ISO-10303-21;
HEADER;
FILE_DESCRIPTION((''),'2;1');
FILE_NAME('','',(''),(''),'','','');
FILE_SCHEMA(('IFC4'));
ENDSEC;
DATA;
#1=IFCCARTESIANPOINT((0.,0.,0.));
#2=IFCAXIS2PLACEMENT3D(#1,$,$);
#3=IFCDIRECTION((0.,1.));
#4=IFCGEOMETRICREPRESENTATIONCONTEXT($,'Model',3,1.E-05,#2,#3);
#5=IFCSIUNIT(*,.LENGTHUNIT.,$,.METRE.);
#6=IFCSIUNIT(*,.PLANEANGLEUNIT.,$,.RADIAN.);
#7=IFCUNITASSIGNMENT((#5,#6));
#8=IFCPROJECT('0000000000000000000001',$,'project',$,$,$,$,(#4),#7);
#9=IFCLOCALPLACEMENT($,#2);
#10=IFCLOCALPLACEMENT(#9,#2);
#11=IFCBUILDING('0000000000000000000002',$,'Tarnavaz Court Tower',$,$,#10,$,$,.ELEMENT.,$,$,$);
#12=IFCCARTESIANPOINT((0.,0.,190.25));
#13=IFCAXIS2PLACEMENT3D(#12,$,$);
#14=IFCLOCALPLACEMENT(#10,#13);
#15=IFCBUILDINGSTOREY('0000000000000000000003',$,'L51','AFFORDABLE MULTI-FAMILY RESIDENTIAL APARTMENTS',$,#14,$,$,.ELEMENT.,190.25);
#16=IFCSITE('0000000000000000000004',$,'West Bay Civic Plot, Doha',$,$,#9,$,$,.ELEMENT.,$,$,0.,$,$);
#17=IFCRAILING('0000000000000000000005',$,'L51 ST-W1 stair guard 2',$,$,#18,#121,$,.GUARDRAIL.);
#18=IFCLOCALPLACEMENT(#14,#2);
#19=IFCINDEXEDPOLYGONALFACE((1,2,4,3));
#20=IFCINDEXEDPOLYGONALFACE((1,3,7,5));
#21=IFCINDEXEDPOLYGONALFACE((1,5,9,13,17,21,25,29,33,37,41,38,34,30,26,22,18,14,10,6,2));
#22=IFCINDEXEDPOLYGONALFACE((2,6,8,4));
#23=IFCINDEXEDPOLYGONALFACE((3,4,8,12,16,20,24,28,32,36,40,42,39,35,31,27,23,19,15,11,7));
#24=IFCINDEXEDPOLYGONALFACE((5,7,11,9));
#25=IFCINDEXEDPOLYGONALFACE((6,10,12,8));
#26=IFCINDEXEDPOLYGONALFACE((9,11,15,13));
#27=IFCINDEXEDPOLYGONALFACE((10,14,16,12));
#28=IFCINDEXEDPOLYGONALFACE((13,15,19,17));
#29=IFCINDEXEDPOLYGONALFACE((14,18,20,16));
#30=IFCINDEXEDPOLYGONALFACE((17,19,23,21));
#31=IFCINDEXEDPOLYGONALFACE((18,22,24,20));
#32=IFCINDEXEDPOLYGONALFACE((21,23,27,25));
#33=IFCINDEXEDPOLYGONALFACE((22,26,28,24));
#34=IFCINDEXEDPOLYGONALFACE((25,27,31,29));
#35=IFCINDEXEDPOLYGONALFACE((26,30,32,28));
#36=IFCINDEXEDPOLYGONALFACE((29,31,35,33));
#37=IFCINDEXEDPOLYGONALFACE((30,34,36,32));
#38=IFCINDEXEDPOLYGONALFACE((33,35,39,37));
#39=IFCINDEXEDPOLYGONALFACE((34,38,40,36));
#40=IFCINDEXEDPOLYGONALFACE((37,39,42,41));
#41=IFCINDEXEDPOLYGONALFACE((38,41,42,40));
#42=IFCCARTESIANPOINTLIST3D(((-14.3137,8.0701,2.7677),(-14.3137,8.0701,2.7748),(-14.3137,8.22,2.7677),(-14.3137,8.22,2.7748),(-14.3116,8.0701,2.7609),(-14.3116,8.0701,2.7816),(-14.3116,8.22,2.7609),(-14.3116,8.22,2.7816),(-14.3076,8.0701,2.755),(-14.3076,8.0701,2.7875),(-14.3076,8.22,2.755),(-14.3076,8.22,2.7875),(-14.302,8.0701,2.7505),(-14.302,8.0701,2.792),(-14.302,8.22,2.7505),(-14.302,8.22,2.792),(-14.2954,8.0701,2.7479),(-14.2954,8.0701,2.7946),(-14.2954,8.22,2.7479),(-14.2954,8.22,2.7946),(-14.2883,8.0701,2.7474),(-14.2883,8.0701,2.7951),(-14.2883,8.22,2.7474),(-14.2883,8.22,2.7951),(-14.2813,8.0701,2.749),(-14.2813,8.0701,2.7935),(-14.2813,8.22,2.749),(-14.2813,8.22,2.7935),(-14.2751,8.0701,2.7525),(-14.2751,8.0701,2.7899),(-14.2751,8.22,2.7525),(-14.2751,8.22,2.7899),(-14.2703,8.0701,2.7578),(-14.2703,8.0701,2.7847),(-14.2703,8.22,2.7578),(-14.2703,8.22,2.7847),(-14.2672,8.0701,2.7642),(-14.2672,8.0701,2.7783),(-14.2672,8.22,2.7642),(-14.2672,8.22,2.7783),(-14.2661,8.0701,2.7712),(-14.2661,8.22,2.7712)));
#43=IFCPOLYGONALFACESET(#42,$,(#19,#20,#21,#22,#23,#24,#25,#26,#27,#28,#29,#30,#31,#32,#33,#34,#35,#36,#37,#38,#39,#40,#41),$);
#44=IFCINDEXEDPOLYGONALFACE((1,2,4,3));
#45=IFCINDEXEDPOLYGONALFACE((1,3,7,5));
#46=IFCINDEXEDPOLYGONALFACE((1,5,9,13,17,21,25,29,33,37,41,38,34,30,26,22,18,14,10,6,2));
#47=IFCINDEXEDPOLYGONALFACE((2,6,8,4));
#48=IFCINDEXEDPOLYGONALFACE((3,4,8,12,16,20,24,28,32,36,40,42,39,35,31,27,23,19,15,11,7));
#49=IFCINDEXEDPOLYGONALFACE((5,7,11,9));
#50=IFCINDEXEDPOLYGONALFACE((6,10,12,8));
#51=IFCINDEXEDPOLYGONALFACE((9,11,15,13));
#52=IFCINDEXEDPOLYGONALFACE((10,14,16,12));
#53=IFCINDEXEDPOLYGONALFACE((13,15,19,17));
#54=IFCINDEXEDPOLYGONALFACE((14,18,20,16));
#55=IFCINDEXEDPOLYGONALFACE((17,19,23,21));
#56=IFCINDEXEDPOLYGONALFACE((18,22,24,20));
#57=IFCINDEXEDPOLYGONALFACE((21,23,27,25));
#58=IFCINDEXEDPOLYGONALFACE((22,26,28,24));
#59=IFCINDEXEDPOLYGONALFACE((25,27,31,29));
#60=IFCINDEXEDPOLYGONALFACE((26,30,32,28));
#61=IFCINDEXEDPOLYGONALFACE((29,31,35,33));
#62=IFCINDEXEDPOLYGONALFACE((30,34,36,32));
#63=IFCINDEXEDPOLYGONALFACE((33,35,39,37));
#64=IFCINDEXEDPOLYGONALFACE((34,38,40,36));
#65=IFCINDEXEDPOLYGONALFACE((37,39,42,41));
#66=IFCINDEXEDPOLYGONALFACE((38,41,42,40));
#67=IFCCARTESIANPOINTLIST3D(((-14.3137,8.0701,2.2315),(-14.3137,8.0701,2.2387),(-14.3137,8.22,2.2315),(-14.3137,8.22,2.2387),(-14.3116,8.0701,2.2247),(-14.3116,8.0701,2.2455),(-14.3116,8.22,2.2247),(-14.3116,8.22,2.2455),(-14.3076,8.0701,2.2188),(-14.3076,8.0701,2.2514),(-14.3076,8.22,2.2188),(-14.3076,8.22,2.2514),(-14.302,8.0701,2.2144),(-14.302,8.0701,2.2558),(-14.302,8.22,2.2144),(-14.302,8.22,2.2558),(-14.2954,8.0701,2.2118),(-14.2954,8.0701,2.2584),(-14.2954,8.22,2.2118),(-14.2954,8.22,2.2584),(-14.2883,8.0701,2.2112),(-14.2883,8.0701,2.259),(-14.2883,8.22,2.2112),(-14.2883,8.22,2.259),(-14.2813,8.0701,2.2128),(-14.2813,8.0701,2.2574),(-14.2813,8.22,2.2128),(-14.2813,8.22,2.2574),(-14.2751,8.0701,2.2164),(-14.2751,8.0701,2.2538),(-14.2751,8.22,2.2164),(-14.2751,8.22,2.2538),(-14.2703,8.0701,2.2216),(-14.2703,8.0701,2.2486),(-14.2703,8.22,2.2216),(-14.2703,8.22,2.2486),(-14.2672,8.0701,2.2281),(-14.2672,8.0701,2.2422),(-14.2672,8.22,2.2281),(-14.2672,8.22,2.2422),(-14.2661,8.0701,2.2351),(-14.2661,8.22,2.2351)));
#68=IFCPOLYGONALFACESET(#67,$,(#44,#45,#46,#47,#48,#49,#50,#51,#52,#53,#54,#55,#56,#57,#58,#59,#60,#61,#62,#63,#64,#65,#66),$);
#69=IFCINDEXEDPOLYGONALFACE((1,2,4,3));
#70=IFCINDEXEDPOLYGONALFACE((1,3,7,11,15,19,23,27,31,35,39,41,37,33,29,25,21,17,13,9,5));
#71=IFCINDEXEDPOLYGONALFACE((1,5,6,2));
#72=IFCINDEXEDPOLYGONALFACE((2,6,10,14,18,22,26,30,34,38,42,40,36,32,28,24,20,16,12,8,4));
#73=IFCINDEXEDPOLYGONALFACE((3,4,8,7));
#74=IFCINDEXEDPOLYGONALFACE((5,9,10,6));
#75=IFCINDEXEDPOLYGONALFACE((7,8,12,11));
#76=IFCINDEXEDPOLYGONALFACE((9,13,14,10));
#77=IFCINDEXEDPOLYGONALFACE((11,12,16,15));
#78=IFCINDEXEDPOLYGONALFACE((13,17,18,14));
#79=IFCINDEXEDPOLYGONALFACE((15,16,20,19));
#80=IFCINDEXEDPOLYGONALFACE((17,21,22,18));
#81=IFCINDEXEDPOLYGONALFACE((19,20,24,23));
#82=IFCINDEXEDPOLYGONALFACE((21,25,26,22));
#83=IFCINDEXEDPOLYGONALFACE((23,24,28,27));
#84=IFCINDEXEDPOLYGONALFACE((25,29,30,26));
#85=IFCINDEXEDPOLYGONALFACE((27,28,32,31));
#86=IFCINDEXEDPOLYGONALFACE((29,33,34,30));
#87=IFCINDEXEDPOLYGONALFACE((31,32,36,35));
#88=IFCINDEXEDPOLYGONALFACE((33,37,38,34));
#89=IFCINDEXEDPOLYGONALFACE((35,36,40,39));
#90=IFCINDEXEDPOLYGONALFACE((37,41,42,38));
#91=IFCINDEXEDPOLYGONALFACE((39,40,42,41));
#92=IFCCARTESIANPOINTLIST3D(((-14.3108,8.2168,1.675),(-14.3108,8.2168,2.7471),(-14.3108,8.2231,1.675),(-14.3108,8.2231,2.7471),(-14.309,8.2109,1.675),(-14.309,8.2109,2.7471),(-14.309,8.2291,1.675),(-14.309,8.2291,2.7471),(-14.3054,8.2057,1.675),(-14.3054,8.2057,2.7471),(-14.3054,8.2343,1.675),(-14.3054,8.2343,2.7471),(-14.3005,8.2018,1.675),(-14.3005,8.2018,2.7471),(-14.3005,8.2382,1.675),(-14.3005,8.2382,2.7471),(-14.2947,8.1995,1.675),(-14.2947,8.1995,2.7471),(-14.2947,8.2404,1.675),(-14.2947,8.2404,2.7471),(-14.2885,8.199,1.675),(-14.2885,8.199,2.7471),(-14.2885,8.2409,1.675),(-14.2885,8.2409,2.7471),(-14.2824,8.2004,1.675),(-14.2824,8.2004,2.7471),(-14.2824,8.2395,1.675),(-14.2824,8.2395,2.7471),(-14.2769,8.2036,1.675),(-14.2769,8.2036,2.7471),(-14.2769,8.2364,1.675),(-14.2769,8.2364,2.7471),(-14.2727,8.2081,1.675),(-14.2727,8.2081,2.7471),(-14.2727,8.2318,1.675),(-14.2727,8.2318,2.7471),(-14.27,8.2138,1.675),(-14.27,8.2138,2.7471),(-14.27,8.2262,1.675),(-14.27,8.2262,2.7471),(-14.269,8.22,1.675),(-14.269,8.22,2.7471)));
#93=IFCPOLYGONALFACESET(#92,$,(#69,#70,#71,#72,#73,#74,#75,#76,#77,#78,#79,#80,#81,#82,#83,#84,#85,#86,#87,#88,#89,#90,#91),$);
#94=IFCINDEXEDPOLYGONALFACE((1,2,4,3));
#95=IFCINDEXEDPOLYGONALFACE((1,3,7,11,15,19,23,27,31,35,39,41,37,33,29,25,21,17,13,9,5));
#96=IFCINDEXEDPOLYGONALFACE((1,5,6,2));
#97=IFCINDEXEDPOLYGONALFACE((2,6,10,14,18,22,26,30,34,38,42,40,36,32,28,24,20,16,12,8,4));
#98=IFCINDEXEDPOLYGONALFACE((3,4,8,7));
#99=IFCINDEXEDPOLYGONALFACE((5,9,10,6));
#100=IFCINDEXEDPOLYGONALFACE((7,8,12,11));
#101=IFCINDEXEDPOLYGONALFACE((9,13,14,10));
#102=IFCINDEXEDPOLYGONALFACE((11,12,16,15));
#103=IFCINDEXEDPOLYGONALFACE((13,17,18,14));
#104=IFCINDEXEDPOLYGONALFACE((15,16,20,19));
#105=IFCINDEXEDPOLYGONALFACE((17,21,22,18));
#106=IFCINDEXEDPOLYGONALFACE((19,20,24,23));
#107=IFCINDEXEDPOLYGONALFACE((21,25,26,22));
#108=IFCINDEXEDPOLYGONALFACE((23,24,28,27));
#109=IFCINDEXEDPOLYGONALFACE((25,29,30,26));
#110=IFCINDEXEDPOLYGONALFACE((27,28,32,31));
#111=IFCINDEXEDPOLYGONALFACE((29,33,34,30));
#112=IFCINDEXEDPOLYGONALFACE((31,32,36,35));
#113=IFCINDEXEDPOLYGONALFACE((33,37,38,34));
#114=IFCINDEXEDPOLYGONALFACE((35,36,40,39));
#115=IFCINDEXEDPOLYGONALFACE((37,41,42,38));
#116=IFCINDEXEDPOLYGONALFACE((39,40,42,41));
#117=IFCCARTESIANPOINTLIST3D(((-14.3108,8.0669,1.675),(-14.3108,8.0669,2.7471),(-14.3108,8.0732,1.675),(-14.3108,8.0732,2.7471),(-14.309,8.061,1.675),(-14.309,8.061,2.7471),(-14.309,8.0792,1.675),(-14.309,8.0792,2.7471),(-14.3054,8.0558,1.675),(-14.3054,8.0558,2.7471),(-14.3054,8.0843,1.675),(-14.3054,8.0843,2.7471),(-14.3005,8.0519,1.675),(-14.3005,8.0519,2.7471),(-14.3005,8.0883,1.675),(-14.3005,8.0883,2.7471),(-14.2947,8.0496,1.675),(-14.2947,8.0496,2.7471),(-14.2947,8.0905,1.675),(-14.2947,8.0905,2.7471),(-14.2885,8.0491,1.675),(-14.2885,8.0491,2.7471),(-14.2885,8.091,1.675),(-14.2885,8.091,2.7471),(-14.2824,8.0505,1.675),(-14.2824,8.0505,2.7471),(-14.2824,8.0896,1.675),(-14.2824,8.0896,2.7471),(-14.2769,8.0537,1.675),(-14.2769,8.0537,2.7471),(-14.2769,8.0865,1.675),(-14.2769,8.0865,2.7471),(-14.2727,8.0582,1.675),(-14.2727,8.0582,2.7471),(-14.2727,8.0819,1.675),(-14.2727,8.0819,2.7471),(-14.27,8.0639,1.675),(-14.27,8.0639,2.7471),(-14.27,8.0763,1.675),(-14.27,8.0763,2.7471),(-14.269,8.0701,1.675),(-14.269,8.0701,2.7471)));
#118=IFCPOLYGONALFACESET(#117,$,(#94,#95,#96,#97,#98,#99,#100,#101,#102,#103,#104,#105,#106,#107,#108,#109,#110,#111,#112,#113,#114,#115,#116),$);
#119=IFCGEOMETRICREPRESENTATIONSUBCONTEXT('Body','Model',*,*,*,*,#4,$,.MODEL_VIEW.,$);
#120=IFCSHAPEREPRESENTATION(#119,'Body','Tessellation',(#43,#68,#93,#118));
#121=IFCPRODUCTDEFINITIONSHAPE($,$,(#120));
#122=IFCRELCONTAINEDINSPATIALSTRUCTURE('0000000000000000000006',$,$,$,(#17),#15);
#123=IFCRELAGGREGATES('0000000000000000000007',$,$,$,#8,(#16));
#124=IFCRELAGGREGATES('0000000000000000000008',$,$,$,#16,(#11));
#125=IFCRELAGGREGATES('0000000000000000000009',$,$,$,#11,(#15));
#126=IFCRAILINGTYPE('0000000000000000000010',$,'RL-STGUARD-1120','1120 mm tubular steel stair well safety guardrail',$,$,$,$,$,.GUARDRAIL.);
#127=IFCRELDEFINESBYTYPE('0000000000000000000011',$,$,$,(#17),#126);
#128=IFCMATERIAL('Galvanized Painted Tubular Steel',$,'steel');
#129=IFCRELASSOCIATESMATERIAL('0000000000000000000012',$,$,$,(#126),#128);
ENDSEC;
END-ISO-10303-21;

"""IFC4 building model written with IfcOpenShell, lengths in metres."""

from ifc_helpers import new_model, si_unit, direction, frame, origin, origin_2d, place, context, subcontext, project, spatial, circle, extrude, material, type_object, element, save


model = new_model("IFC4")

# Units and contexts
model_context = context("Model", 3, precision=1e-05, world=origin(), true_north=direction((0.0, 1.0)))
body_context = subcontext(model_context, "Body", "Model", "MODEL_VIEW")
ifc_project = project(units=[si_unit("LENGTHUNIT", "METRE"), si_unit("PLANEANGLEUNIT", "RADIAN")], contexts=[model_context])

# Site, building, storey
site_placement = place(None, origin())
site = spatial("IfcSite", under=ifc_project, at=site_placement, Name="West Bay Civic Plot, Doha", CompositionType="ELEMENT", RefElevation=0.0)
building_placement = place(site_placement, origin())
building = spatial("IfcBuilding", under=site, at=building_placement, Name="Tarnavaz Court Tower", CompositionType="ELEMENT")
storey_placement = place(building_placement, frame((0.0, 0.0, 190.25)))
storey = spatial("IfcBuildingStorey", under=building, at=storey_placement, Name="L51", Description="AFFORDABLE MULTI-FAMILY RESIDENTIAL APARTMENTS", CompositionType="ELEMENT", Elevation=190.25)

# Railing
ifc_material_1 = material(Name="Galvanized Painted Tubular Steel", Category="steel")
railing_type = type_object("IfcRailingType", Name="RL-STGUARD-1120", Description="1120 mm tubular steel stair well safety guardrail", PredefinedType="GUARDRAIL", material=ifc_material_1)
railing_placement = place(storey_placement, frame((-14.29, 8.22, 1.675)))
element("IfcRailing", 1, at=railing_placement, inside=storey, type_object=railing_type, Name="L51 ST-W1 stair guard 2", PredefinedType="GUARDRAIL", context=body_context, shape_type="SweptSolid", body=[
    extrude(circle(Radius=0.0239, at=origin_2d()), frame((0.0, 0.0, 1.0962), z_axis=(0.0, -1.0, 0.0), x_axis=(1.0, 0.0, 0.0)), (0.0, 0.0, 1.0), 0.1499),
    extrude(circle(Radius=0.0239, at=origin_2d()), frame((0.0, 0.0, 0.5601), z_axis=(0.0, -1.0, 0.0), x_axis=(1.0, 0.0, 0.0)), (0.0, 0.0, 1.0), 0.1499),
    extrude(circle(Radius=0.021, at=origin_2d()), origin(), (0.0, 0.0, 1.0), 1.072),
    extrude(circle(Radius=0.021, at=origin_2d()), frame((0.0, -0.1499, 0.0)), (0.0, 0.0, 1.0), 1.072),
])

save(model, "model.ifc")
